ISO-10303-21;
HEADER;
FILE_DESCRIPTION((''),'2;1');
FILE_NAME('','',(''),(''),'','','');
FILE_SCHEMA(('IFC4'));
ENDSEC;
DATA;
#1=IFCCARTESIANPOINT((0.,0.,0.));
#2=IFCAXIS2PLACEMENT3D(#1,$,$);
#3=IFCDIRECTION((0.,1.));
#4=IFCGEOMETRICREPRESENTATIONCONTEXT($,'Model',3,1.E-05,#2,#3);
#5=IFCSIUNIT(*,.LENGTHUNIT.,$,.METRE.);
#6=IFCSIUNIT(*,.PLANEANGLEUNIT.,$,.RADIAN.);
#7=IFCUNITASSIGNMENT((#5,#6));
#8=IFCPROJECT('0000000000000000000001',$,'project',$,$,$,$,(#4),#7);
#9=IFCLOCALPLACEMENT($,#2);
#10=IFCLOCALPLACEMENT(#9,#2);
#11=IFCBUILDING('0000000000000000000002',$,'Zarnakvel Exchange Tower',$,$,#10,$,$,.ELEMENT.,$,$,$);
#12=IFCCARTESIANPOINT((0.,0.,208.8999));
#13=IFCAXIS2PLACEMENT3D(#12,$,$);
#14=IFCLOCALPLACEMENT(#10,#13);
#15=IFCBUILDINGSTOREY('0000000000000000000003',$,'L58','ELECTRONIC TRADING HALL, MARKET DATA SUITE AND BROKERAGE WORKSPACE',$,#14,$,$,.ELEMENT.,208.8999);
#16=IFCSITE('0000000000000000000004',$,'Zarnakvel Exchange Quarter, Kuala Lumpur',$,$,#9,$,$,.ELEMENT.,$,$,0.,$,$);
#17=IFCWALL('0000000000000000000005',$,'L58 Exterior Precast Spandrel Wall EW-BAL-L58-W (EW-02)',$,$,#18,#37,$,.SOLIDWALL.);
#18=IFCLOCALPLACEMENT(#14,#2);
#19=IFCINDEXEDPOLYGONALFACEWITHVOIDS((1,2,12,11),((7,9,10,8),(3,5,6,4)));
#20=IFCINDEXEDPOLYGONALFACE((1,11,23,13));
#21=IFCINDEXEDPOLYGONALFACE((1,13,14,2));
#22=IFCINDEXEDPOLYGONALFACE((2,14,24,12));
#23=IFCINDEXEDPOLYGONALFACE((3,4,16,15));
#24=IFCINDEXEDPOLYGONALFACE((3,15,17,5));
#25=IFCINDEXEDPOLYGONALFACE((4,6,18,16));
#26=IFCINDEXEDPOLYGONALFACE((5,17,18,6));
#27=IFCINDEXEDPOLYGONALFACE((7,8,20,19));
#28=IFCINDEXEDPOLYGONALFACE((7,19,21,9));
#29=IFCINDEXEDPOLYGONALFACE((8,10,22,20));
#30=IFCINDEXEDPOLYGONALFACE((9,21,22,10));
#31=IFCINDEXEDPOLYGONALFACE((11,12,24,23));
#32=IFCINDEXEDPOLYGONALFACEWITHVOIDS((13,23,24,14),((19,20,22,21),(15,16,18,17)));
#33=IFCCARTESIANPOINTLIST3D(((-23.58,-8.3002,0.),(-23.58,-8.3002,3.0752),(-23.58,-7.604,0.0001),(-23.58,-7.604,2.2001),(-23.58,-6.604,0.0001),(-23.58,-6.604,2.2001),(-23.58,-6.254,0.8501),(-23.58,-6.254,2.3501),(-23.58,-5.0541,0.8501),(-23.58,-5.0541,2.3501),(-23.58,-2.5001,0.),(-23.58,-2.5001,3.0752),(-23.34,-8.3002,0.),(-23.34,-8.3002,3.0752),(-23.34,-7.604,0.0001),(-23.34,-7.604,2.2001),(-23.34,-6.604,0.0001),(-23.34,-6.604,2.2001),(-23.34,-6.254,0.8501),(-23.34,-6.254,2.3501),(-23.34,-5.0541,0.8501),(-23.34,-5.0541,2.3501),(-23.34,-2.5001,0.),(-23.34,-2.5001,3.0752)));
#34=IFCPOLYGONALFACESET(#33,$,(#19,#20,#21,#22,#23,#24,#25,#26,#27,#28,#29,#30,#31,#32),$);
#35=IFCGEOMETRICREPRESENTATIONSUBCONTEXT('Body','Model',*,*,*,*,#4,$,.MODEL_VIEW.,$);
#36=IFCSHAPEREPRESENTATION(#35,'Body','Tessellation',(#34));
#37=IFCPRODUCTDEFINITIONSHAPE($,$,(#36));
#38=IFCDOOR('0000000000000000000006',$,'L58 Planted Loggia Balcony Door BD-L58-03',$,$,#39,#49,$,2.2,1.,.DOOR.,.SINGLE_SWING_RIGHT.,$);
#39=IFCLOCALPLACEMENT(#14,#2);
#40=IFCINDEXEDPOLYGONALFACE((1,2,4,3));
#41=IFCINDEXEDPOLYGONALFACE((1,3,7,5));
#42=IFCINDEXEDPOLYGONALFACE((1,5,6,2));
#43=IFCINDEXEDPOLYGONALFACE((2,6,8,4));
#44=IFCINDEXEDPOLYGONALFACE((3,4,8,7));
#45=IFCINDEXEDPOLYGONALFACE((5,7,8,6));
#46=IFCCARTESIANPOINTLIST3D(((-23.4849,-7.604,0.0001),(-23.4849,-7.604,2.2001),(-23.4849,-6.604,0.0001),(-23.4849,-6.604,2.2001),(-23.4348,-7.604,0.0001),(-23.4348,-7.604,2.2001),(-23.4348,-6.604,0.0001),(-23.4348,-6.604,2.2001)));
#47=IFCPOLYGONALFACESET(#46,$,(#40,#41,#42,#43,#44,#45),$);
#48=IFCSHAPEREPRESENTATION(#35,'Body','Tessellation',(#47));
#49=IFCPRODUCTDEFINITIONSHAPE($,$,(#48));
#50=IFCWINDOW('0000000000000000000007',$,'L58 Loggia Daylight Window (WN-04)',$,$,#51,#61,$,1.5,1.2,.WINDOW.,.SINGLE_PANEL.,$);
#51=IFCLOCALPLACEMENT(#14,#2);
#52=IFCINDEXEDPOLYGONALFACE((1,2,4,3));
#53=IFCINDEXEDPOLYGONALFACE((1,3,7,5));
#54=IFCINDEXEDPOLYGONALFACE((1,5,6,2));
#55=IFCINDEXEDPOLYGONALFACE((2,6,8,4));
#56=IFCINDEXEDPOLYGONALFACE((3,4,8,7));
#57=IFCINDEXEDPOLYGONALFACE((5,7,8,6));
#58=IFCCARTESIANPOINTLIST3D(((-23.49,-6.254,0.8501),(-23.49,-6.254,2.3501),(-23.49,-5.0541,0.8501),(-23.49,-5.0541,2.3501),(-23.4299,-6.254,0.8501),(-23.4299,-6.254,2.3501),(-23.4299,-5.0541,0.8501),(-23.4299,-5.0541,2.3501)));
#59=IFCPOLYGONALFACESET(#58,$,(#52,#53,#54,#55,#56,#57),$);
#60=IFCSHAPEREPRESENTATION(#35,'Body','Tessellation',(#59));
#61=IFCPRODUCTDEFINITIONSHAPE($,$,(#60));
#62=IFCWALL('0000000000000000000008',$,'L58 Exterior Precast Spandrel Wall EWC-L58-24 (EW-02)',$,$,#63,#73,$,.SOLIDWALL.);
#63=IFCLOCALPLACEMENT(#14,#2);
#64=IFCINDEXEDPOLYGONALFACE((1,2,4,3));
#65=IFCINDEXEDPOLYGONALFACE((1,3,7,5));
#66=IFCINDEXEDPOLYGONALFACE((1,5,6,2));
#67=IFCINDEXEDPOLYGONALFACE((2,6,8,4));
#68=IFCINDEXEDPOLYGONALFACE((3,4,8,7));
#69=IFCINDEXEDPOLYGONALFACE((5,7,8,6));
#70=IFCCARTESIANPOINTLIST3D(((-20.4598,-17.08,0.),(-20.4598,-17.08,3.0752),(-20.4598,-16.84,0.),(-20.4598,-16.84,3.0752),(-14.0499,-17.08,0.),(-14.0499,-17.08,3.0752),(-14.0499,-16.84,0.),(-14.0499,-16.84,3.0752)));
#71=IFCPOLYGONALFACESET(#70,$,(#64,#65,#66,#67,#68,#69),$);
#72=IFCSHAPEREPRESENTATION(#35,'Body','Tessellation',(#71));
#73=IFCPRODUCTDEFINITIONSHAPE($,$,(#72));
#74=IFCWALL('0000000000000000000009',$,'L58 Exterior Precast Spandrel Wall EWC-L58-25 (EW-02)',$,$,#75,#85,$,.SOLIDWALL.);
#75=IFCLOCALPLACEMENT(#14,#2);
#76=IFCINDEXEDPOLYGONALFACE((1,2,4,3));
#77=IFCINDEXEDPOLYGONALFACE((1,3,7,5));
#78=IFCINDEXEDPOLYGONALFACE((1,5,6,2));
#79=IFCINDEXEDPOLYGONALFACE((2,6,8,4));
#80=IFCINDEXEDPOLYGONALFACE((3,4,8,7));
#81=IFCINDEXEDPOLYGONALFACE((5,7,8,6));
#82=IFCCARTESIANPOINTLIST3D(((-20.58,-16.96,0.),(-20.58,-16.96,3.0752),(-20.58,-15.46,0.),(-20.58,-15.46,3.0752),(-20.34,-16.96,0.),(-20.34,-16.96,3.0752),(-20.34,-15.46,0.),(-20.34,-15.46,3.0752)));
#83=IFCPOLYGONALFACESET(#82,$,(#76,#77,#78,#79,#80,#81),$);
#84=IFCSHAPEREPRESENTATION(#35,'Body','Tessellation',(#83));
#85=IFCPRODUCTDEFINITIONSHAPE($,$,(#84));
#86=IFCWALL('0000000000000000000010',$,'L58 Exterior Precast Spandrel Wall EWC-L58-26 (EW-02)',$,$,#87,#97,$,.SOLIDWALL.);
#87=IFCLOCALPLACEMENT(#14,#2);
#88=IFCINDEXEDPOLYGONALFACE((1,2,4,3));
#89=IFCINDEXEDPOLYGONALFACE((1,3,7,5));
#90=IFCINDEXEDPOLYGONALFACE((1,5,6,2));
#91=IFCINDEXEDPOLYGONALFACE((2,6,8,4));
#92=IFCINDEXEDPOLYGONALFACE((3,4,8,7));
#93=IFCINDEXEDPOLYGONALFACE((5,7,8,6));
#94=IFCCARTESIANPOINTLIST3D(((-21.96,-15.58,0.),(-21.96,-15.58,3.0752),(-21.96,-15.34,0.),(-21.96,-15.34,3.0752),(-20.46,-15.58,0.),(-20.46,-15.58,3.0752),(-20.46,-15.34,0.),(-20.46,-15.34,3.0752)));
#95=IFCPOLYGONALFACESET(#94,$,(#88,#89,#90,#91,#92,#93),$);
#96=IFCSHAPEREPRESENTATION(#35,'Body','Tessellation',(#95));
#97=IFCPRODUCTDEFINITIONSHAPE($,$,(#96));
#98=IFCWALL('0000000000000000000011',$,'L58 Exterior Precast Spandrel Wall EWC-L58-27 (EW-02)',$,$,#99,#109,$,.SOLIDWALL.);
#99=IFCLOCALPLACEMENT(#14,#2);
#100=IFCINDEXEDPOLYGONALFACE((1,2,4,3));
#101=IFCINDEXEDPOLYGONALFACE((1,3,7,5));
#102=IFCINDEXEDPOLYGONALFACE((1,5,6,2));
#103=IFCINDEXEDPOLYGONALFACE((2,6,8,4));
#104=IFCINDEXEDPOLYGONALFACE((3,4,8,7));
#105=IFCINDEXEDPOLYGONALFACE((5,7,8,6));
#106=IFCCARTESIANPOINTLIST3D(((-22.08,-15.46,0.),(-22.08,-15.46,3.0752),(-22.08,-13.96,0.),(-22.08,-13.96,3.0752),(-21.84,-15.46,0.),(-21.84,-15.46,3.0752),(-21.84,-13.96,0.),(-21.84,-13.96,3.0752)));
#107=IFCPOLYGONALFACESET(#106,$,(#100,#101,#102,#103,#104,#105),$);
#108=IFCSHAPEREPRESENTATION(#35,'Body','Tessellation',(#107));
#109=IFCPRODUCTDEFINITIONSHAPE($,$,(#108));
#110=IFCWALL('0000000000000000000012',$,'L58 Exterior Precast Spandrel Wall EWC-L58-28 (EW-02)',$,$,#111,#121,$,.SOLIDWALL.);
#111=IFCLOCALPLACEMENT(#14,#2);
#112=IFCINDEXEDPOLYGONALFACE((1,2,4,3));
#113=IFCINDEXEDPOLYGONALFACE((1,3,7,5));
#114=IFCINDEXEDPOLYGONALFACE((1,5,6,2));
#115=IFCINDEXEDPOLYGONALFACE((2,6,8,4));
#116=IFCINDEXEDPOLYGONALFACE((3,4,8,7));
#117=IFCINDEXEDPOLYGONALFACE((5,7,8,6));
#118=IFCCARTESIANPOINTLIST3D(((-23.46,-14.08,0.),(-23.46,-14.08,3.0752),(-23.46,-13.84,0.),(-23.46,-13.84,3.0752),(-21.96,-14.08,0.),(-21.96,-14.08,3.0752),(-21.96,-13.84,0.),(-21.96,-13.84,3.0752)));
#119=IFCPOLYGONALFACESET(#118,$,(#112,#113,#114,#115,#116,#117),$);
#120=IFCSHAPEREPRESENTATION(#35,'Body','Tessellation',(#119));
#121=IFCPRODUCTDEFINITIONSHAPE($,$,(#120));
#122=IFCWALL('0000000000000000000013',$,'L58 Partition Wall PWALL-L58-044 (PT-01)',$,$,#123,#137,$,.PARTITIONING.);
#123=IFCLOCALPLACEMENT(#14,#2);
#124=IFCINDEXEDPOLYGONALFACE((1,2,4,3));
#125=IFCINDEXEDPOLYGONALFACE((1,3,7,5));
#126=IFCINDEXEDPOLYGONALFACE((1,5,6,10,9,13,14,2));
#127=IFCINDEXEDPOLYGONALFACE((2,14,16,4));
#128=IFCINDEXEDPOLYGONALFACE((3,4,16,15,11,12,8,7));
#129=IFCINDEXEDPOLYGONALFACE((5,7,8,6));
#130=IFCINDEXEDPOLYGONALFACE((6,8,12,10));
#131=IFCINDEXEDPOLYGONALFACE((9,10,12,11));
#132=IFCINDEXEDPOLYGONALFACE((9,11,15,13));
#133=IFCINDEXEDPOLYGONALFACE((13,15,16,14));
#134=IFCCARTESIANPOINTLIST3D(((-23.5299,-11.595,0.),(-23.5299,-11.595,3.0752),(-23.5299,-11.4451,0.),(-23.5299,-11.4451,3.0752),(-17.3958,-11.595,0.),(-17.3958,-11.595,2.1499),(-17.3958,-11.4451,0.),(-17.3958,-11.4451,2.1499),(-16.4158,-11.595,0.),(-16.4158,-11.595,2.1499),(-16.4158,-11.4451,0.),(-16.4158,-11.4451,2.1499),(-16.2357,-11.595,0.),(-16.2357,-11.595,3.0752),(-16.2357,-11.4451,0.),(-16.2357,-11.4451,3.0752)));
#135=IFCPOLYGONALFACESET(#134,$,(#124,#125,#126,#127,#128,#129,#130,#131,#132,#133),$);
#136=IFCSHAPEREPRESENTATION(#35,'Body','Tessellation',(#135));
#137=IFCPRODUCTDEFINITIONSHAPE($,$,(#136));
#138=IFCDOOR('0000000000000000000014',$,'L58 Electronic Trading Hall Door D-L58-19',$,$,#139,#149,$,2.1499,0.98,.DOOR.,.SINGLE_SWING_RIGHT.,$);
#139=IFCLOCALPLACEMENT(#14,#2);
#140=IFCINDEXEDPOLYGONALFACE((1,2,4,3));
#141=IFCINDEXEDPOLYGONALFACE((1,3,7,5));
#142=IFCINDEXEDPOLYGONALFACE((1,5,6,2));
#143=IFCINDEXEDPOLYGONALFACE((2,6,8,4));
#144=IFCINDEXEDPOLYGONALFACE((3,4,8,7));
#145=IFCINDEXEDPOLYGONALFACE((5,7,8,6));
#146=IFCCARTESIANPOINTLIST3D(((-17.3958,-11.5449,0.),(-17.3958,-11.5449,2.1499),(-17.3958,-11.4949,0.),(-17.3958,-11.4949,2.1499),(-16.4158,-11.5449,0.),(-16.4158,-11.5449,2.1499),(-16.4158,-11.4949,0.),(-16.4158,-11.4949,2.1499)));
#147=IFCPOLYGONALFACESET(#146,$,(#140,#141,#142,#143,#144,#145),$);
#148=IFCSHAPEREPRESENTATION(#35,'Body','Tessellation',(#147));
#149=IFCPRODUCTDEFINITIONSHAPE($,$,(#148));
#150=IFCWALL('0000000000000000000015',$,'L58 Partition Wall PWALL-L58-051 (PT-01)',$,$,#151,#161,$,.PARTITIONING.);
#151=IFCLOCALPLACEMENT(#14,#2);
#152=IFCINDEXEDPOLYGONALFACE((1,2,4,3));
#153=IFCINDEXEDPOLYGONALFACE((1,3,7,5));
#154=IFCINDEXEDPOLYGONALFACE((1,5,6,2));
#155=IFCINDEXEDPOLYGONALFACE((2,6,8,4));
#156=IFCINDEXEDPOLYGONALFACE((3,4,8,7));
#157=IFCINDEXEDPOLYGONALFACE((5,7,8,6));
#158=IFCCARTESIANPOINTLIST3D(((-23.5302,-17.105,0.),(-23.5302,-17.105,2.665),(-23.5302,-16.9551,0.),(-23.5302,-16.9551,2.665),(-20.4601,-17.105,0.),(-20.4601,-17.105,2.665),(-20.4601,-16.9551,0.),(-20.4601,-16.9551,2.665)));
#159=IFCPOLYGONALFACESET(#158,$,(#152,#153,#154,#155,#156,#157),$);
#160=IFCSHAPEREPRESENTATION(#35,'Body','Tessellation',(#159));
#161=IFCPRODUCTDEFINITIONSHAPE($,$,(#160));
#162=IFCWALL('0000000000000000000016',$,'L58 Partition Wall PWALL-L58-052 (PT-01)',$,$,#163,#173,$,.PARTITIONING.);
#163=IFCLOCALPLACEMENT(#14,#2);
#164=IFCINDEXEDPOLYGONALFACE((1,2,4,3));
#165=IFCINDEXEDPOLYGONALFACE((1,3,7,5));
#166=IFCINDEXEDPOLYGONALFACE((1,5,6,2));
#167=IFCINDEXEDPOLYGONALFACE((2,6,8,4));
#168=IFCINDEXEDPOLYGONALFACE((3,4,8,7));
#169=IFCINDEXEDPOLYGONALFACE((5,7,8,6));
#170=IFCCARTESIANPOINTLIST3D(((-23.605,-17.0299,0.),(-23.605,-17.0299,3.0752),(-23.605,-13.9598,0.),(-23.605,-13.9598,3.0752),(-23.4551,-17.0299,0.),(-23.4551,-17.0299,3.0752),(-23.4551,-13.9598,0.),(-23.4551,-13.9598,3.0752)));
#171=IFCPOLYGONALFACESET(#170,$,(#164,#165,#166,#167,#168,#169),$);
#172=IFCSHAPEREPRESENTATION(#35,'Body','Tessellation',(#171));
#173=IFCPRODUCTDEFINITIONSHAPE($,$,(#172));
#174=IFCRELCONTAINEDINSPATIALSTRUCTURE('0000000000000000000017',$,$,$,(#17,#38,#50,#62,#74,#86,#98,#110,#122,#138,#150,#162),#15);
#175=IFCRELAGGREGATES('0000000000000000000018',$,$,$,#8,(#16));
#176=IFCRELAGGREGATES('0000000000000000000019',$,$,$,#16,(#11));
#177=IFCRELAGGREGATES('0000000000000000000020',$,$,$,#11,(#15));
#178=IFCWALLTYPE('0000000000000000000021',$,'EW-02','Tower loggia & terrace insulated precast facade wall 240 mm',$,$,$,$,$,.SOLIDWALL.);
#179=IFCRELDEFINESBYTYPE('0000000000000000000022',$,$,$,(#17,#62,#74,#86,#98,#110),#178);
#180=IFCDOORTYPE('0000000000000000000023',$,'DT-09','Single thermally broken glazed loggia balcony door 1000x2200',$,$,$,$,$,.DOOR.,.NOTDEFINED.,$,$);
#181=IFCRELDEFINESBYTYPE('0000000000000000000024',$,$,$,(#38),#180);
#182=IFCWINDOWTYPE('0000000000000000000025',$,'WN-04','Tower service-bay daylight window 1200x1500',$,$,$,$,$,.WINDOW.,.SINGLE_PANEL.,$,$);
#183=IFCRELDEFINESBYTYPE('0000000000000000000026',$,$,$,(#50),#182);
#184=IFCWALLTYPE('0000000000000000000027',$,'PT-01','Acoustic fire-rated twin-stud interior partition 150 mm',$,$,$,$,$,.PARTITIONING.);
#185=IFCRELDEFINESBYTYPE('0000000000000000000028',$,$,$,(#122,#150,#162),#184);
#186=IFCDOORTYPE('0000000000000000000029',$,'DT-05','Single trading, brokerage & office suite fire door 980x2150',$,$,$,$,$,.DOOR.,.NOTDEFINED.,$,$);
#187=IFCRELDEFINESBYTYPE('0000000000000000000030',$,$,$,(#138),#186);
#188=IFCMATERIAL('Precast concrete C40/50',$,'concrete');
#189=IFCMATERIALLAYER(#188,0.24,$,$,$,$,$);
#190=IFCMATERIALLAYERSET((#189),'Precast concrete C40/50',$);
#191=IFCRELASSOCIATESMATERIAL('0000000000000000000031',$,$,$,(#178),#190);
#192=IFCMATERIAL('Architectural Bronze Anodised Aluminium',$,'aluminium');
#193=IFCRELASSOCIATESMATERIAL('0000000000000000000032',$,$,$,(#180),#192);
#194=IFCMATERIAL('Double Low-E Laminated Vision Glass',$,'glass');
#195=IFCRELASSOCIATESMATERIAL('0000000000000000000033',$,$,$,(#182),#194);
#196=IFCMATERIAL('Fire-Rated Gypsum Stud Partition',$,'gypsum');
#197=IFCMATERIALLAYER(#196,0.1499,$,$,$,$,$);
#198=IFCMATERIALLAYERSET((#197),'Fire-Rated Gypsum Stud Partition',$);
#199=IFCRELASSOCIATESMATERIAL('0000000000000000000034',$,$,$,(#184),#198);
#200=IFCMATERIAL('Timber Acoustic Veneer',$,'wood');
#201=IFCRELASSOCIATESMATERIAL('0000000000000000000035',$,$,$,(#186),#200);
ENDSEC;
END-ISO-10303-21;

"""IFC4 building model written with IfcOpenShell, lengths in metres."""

from ifc_helpers import new_model, si_unit, direction, frame, frame_2d, origin, place, context, subcontext, project, spatial, rectangle, extrude, source, transform, mapped, material, layer, layer_set, type_object, element, fill, save


model = new_model("IFC4")

# Units and contexts
model_context = context("Model", 3, precision=1e-05, world=origin(), true_north=direction((0.0, 1.0)))
body_context = subcontext(model_context, "Body", "Model", "MODEL_VIEW")
ifc_project = project(units=[si_unit("LENGTHUNIT", "METRE"), si_unit("PLANEANGLEUNIT", "RADIAN")], contexts=[model_context])

# Site, building, storey
site_placement = place(None, origin())
site = spatial("IfcSite", under=ifc_project, at=site_placement, Name="Zarnakvel Exchange Quarter, Kuala Lumpur", CompositionType="ELEMENT", RefElevation=0.0)
building_placement = place(site_placement, origin())
building = spatial("IfcBuilding", under=site, at=building_placement, Name="Zarnakvel Exchange Tower", CompositionType="ELEMENT")
storey_placement = place(building_placement, frame((0.0, 0.0, 208.8999)))
storey = spatial("IfcBuildingStorey", under=building, at=storey_placement, Name="L58", Description="ELECTRONIC TRADING HALL, MARKET DATA SUITE AND BROKERAGE WORKSPACE", CompositionType="ELEMENT", Elevation=208.8999)

# Wall, openings, door, window
ifc_material_1 = material(Name="Precast concrete C40/50", Category="concrete")
ifc_layer_1 = layer(ifc_material_1, 0.24)
ifc_layer_set_1 = layer_set([ifc_layer_1], Name="Precast concrete C40/50")
wall_type_1 = type_object("IfcWallType", Name="EW-02", Description="Tower loggia & terrace insulated precast facade wall 240 mm", PredefinedType="SOLIDWALL", material=ifc_layer_set_1)
wall_1_placement = place(storey_placement, frame((-23.46, -8.3, 0.0), z_axis=(0.0, 0.0, 1.0), x_axis=(0.0, 1.0, 0.0)))
wall_1 = element("IfcWall", 1, at=wall_1_placement, inside=storey, type_object=wall_type_1, Name="L58 Exterior Precast Spandrel Wall EW-BAL-L58-W (EW-02)", PredefinedType="SOLIDWALL", context=body_context, shape_type="SweptSolid", body=[
    extrude(rectangle(XDim=5.8, YDim=0.24, at=frame_2d((2.8999, 0.0))), origin(), (0.0, 0.0, 1.0), 3.0752),
])
opening_1_placement = place(wall_1_placement, frame((0.696, 0.0, 0.0)))
opening_1 = element("IfcOpeningElement", 2, at=opening_1_placement, cuts=wall_1, PredefinedType="OPENING", context=body_context, shape_type="SweptSolid", body=[
    extrude(rectangle(XDim=1.0, YDim=2.2, at=frame_2d((0.5, 1.1001))), frame((0.0, 0.1299, 0.0), z_axis=(0.0, -1.0, 0.0), x_axis=(1.0, 0.0, 0.0)), (0.0, 0.0, 1.0), 0.26),
])
opening_2_placement = place(wall_1_placement, frame((2.0459, 0.0, 0.8501)))
opening_2 = element("IfcOpeningElement", 3, at=opening_2_placement, cuts=wall_1, PredefinedType="OPENING", context=body_context, shape_type="SweptSolid", body=[
    extrude(rectangle(XDim=1.2, YDim=1.5, at=frame_2d((0.6001, 0.75))), frame((0.0, 0.1299, 0.0), z_axis=(0.0, -1.0, 0.0), x_axis=(1.0, 0.0, 0.0)), (0.0, 0.0, 1.0), 0.26),
])
ifc_material_2 = material(Name="Architectural Bronze Anodised Aluminium", Category="aluminium")
door_type_1 = type_object("IfcDoorType", Name="DT-09", Description="Single thermally broken glazed loggia balcony door 1000x2200", OperationType="NOTDEFINED", PredefinedType="DOOR", material=ifc_material_2)
shared_shape_1 = source(origin(), body_context, "Body", "SweptSolid", [
    extrude(rectangle(XDim=1.0, YDim=2.2, at=frame_2d((0.5, 1.1001))), frame((0.0, 0.0249, 0.0), z_axis=(0.0, -1.0, 0.0), x_axis=(1.0, 0.0, 0.0)), (0.0, 0.0, 1.0), 0.05),
])
door_1_placement = place(opening_1_placement, origin())
door_1 = element("IfcDoor", 4, at=door_1_placement, inside=storey, type_object=door_type_1, Name="L58 Planted Loggia Balcony Door BD-L58-03", OperationType="SINGLE_SWING_RIGHT", OverallHeight=2.2, OverallWidth=1.0, PredefinedType="DOOR", context=body_context, shape_type="MappedRepresentation", body=[
    mapped(shared_shape_1, transform((0.0, 0.0, 0.0), x_axis=(1.0, 0.0, 0.0), y_axis=(0.0, 1.0, 0.0), z_axis=(0.0, 0.0, 1.0), scale=1.0)),
])
fill(opening_1, door_1)
ifc_material_3 = material(Name="Double Low-E Laminated Vision Glass", Category="glass")
window_type = type_object("IfcWindowType", Name="WN-04", Description="Tower service-bay daylight window 1200x1500", PartitioningType="SINGLE_PANEL", PredefinedType="WINDOW", material=ifc_material_3)
shared_shape_2 = source(origin(), body_context, "Body", "SweptSolid", [
    extrude(rectangle(XDim=1.2, YDim=1.5, at=frame_2d((0.6001, 0.75))), frame((0.0, 0.03, 0.0), z_axis=(0.0, -1.0, 0.0), x_axis=(1.0, 0.0, 0.0)), (0.0, 0.0, 1.0), 0.0601),
])
window_placement = place(opening_2_placement, origin())
window = element("IfcWindow", 5, at=window_placement, inside=storey, type_object=window_type, Name="L58 Loggia Daylight Window (WN-04)", OverallHeight=1.5, OverallWidth=1.2, PartitioningType="SINGLE_PANEL", PredefinedType="WINDOW", context=body_context, shape_type="MappedRepresentation", body=[
    mapped(shared_shape_2, transform((0.0, 0.0, 0.0), x_axis=(1.0, 0.0, 0.0), y_axis=(0.0, 1.0, 0.0), z_axis=(0.0, 0.0, 1.0), scale=1.0)),
])
fill(opening_2, window)

# Walls
wall_2_placement = place(storey_placement, frame((-20.46, -16.96, 0.0), z_axis=(0.0, 0.0, 1.0), x_axis=(1.0, 0.0, 0.0)))
element("IfcWall", 6, at=wall_2_placement, inside=storey, type_object=wall_type_1, Name="L58 Exterior Precast Spandrel Wall EWC-L58-24 (EW-02)", PredefinedType="SOLIDWALL", context=body_context, shape_type="SweptSolid", body=[
    extrude(rectangle(XDim=6.4099, YDim=0.24, at=frame_2d((3.2051, 0.0))), origin(), (0.0, 0.0, 1.0), 3.0752),
])
for number, where, z_axis, x_axis, name in (
    (7, (-20.46, -15.46, 0.0), (0.0, 0.0, 1.0), (0.0, -1.0, 0.0), "L58 Exterior Precast Spandrel Wall EWC-L58-25 (EW-02)"),
    (8, (-21.96, -15.46, 0.0), (0.0, 0.0, 1.0), (1.0, 0.0, 0.0), "L58 Exterior Precast Spandrel Wall EWC-L58-26 (EW-02)"),
    (9, (-21.96, -13.96, 0.0), (0.0, 0.0, 1.0), (0.0, -1.0, 0.0), "L58 Exterior Precast Spandrel Wall EWC-L58-27 (EW-02)"),
    (10, (-23.46, -13.96, 0.0), (0.0, 0.0, 1.0), (1.0, 0.0, 0.0), "L58 Exterior Precast Spandrel Wall EWC-L58-28 (EW-02)"),
):
    element("IfcWall", number, at=place(storey_placement, frame(where, z_axis=z_axis, x_axis=x_axis)), inside=storey, type_object=wall_type_1, Name=name, PredefinedType="SOLIDWALL", context=body_context, shape_type="SweptSolid", body=[
        extrude(rectangle(XDim=1.5, YDim=0.24, at=frame_2d((0.75, 0.0))), origin(), (0.0, 0.0, 1.0), 3.0752),
    ])

# Wall, opening, door
ifc_material_4 = material(Name="Fire-Rated Gypsum Stud Partition", Category="gypsum")
ifc_layer_2 = layer(ifc_material_4, 0.1499)
ifc_layer_set_2 = layer_set([ifc_layer_2], Name="Fire-Rated Gypsum Stud Partition")
wall_type_2 = type_object("IfcWallType", Name="PT-01", Description="Acoustic fire-rated twin-stud interior partition 150 mm", PredefinedType="PARTITIONING", material=ifc_layer_set_2)
wall_3_placement = place(storey_placement, frame((-16.2358, -11.52, 0.0), z_axis=(0.0, 0.0, 1.0), x_axis=(-1.0, 0.0, 0.0)))
wall_3 = element("IfcWall", 11, at=wall_3_placement, inside=storey, type_object=wall_type_2, Name="L58 Partition Wall PWALL-L58-044 (PT-01)", PredefinedType="PARTITIONING", context=body_context, shape_type="SweptSolid", body=[
    extrude(rectangle(XDim=7.2942, YDim=0.1499, at=frame_2d((3.647, 0.0))), origin(), (0.0, 0.0, 1.0), 3.0752),
])
opening_3_placement = place(wall_3_placement, frame((0.1799, 0.0, 0.0)))
opening_3 = element("IfcOpeningElement", 12, at=opening_3_placement, cuts=wall_3, PredefinedType="OPENING", context=body_context, shape_type="SweptSolid", body=[
    extrude(rectangle(XDim=0.98, YDim=2.1499, at=frame_2d((0.49, 1.075))), frame((0.0, 0.085, 0.0), z_axis=(0.0, -1.0, 0.0), x_axis=(1.0, 0.0, 0.0)), (0.0, 0.0, 1.0), 0.1699),
])
ifc_material_5 = material(Name="Timber Acoustic Veneer", Category="wood")
door_type_2 = type_object("IfcDoorType", Name="DT-05", Description="Single trading, brokerage & office suite fire door 980x2150", OperationType="NOTDEFINED", PredefinedType="DOOR", material=ifc_material_5)
shared_shape_3 = source(origin(), body_context, "Body", "SweptSolid", [
    extrude(rectangle(XDim=0.98, YDim=2.1499, at=frame_2d((0.49, 1.075))), frame((0.0, 0.0249, 0.0), z_axis=(0.0, -1.0, 0.0), x_axis=(1.0, 0.0, 0.0)), (0.0, 0.0, 1.0), 0.05),
])
door_2_placement = place(opening_3_placement, origin())
door_2 = element("IfcDoor", 13, at=door_2_placement, inside=storey, type_object=door_type_2, Name="L58 Electronic Trading Hall Door D-L58-19", OperationType="SINGLE_SWING_RIGHT", OverallHeight=2.1499, OverallWidth=0.98, PredefinedType="DOOR", context=body_context, shape_type="MappedRepresentation", body=[
    mapped(shared_shape_3, transform((0.0, 0.0, 0.0), x_axis=(1.0, 0.0, 0.0), y_axis=(0.0, 1.0, 0.0), z_axis=(0.0, 0.0, 1.0), scale=1.0)),
])
fill(opening_3, door_2)

# Walls
wall_4_placement = place(storey_placement, frame((-20.46, -17.03, 0.0), z_axis=(0.0, 0.0, 1.0), x_axis=(-1.0, 0.0, 0.0)))
element("IfcWall", 14, at=wall_4_placement, inside=storey, type_object=wall_type_2, Name="L58 Partition Wall PWALL-L58-051 (PT-01)", PredefinedType="PARTITIONING", context=body_context, shape_type="SweptSolid", body=[
    extrude(rectangle(XDim=3.0701, YDim=0.1499, at=frame_2d((1.5352, 0.0))), origin(), (0.0, 0.0, 1.0), 2.665),
])
wall_5_placement = place(storey_placement, frame((-23.53, -17.03, 0.0), z_axis=(0.0, 0.0, 1.0), x_axis=(0.0, 1.0, 0.0)))
element("IfcWall", 15, at=wall_5_placement, inside=storey, type_object=wall_type_2, Name="L58 Partition Wall PWALL-L58-052 (PT-01)", PredefinedType="PARTITIONING", context=body_context, shape_type="SweptSolid", body=[
    extrude(rectangle(XDim=3.0701, YDim=0.1499, at=frame_2d((1.5352, 0.0))), origin(), (0.0, 0.0, 1.0), 3.0752),
])

save(model, "model.ifc")
